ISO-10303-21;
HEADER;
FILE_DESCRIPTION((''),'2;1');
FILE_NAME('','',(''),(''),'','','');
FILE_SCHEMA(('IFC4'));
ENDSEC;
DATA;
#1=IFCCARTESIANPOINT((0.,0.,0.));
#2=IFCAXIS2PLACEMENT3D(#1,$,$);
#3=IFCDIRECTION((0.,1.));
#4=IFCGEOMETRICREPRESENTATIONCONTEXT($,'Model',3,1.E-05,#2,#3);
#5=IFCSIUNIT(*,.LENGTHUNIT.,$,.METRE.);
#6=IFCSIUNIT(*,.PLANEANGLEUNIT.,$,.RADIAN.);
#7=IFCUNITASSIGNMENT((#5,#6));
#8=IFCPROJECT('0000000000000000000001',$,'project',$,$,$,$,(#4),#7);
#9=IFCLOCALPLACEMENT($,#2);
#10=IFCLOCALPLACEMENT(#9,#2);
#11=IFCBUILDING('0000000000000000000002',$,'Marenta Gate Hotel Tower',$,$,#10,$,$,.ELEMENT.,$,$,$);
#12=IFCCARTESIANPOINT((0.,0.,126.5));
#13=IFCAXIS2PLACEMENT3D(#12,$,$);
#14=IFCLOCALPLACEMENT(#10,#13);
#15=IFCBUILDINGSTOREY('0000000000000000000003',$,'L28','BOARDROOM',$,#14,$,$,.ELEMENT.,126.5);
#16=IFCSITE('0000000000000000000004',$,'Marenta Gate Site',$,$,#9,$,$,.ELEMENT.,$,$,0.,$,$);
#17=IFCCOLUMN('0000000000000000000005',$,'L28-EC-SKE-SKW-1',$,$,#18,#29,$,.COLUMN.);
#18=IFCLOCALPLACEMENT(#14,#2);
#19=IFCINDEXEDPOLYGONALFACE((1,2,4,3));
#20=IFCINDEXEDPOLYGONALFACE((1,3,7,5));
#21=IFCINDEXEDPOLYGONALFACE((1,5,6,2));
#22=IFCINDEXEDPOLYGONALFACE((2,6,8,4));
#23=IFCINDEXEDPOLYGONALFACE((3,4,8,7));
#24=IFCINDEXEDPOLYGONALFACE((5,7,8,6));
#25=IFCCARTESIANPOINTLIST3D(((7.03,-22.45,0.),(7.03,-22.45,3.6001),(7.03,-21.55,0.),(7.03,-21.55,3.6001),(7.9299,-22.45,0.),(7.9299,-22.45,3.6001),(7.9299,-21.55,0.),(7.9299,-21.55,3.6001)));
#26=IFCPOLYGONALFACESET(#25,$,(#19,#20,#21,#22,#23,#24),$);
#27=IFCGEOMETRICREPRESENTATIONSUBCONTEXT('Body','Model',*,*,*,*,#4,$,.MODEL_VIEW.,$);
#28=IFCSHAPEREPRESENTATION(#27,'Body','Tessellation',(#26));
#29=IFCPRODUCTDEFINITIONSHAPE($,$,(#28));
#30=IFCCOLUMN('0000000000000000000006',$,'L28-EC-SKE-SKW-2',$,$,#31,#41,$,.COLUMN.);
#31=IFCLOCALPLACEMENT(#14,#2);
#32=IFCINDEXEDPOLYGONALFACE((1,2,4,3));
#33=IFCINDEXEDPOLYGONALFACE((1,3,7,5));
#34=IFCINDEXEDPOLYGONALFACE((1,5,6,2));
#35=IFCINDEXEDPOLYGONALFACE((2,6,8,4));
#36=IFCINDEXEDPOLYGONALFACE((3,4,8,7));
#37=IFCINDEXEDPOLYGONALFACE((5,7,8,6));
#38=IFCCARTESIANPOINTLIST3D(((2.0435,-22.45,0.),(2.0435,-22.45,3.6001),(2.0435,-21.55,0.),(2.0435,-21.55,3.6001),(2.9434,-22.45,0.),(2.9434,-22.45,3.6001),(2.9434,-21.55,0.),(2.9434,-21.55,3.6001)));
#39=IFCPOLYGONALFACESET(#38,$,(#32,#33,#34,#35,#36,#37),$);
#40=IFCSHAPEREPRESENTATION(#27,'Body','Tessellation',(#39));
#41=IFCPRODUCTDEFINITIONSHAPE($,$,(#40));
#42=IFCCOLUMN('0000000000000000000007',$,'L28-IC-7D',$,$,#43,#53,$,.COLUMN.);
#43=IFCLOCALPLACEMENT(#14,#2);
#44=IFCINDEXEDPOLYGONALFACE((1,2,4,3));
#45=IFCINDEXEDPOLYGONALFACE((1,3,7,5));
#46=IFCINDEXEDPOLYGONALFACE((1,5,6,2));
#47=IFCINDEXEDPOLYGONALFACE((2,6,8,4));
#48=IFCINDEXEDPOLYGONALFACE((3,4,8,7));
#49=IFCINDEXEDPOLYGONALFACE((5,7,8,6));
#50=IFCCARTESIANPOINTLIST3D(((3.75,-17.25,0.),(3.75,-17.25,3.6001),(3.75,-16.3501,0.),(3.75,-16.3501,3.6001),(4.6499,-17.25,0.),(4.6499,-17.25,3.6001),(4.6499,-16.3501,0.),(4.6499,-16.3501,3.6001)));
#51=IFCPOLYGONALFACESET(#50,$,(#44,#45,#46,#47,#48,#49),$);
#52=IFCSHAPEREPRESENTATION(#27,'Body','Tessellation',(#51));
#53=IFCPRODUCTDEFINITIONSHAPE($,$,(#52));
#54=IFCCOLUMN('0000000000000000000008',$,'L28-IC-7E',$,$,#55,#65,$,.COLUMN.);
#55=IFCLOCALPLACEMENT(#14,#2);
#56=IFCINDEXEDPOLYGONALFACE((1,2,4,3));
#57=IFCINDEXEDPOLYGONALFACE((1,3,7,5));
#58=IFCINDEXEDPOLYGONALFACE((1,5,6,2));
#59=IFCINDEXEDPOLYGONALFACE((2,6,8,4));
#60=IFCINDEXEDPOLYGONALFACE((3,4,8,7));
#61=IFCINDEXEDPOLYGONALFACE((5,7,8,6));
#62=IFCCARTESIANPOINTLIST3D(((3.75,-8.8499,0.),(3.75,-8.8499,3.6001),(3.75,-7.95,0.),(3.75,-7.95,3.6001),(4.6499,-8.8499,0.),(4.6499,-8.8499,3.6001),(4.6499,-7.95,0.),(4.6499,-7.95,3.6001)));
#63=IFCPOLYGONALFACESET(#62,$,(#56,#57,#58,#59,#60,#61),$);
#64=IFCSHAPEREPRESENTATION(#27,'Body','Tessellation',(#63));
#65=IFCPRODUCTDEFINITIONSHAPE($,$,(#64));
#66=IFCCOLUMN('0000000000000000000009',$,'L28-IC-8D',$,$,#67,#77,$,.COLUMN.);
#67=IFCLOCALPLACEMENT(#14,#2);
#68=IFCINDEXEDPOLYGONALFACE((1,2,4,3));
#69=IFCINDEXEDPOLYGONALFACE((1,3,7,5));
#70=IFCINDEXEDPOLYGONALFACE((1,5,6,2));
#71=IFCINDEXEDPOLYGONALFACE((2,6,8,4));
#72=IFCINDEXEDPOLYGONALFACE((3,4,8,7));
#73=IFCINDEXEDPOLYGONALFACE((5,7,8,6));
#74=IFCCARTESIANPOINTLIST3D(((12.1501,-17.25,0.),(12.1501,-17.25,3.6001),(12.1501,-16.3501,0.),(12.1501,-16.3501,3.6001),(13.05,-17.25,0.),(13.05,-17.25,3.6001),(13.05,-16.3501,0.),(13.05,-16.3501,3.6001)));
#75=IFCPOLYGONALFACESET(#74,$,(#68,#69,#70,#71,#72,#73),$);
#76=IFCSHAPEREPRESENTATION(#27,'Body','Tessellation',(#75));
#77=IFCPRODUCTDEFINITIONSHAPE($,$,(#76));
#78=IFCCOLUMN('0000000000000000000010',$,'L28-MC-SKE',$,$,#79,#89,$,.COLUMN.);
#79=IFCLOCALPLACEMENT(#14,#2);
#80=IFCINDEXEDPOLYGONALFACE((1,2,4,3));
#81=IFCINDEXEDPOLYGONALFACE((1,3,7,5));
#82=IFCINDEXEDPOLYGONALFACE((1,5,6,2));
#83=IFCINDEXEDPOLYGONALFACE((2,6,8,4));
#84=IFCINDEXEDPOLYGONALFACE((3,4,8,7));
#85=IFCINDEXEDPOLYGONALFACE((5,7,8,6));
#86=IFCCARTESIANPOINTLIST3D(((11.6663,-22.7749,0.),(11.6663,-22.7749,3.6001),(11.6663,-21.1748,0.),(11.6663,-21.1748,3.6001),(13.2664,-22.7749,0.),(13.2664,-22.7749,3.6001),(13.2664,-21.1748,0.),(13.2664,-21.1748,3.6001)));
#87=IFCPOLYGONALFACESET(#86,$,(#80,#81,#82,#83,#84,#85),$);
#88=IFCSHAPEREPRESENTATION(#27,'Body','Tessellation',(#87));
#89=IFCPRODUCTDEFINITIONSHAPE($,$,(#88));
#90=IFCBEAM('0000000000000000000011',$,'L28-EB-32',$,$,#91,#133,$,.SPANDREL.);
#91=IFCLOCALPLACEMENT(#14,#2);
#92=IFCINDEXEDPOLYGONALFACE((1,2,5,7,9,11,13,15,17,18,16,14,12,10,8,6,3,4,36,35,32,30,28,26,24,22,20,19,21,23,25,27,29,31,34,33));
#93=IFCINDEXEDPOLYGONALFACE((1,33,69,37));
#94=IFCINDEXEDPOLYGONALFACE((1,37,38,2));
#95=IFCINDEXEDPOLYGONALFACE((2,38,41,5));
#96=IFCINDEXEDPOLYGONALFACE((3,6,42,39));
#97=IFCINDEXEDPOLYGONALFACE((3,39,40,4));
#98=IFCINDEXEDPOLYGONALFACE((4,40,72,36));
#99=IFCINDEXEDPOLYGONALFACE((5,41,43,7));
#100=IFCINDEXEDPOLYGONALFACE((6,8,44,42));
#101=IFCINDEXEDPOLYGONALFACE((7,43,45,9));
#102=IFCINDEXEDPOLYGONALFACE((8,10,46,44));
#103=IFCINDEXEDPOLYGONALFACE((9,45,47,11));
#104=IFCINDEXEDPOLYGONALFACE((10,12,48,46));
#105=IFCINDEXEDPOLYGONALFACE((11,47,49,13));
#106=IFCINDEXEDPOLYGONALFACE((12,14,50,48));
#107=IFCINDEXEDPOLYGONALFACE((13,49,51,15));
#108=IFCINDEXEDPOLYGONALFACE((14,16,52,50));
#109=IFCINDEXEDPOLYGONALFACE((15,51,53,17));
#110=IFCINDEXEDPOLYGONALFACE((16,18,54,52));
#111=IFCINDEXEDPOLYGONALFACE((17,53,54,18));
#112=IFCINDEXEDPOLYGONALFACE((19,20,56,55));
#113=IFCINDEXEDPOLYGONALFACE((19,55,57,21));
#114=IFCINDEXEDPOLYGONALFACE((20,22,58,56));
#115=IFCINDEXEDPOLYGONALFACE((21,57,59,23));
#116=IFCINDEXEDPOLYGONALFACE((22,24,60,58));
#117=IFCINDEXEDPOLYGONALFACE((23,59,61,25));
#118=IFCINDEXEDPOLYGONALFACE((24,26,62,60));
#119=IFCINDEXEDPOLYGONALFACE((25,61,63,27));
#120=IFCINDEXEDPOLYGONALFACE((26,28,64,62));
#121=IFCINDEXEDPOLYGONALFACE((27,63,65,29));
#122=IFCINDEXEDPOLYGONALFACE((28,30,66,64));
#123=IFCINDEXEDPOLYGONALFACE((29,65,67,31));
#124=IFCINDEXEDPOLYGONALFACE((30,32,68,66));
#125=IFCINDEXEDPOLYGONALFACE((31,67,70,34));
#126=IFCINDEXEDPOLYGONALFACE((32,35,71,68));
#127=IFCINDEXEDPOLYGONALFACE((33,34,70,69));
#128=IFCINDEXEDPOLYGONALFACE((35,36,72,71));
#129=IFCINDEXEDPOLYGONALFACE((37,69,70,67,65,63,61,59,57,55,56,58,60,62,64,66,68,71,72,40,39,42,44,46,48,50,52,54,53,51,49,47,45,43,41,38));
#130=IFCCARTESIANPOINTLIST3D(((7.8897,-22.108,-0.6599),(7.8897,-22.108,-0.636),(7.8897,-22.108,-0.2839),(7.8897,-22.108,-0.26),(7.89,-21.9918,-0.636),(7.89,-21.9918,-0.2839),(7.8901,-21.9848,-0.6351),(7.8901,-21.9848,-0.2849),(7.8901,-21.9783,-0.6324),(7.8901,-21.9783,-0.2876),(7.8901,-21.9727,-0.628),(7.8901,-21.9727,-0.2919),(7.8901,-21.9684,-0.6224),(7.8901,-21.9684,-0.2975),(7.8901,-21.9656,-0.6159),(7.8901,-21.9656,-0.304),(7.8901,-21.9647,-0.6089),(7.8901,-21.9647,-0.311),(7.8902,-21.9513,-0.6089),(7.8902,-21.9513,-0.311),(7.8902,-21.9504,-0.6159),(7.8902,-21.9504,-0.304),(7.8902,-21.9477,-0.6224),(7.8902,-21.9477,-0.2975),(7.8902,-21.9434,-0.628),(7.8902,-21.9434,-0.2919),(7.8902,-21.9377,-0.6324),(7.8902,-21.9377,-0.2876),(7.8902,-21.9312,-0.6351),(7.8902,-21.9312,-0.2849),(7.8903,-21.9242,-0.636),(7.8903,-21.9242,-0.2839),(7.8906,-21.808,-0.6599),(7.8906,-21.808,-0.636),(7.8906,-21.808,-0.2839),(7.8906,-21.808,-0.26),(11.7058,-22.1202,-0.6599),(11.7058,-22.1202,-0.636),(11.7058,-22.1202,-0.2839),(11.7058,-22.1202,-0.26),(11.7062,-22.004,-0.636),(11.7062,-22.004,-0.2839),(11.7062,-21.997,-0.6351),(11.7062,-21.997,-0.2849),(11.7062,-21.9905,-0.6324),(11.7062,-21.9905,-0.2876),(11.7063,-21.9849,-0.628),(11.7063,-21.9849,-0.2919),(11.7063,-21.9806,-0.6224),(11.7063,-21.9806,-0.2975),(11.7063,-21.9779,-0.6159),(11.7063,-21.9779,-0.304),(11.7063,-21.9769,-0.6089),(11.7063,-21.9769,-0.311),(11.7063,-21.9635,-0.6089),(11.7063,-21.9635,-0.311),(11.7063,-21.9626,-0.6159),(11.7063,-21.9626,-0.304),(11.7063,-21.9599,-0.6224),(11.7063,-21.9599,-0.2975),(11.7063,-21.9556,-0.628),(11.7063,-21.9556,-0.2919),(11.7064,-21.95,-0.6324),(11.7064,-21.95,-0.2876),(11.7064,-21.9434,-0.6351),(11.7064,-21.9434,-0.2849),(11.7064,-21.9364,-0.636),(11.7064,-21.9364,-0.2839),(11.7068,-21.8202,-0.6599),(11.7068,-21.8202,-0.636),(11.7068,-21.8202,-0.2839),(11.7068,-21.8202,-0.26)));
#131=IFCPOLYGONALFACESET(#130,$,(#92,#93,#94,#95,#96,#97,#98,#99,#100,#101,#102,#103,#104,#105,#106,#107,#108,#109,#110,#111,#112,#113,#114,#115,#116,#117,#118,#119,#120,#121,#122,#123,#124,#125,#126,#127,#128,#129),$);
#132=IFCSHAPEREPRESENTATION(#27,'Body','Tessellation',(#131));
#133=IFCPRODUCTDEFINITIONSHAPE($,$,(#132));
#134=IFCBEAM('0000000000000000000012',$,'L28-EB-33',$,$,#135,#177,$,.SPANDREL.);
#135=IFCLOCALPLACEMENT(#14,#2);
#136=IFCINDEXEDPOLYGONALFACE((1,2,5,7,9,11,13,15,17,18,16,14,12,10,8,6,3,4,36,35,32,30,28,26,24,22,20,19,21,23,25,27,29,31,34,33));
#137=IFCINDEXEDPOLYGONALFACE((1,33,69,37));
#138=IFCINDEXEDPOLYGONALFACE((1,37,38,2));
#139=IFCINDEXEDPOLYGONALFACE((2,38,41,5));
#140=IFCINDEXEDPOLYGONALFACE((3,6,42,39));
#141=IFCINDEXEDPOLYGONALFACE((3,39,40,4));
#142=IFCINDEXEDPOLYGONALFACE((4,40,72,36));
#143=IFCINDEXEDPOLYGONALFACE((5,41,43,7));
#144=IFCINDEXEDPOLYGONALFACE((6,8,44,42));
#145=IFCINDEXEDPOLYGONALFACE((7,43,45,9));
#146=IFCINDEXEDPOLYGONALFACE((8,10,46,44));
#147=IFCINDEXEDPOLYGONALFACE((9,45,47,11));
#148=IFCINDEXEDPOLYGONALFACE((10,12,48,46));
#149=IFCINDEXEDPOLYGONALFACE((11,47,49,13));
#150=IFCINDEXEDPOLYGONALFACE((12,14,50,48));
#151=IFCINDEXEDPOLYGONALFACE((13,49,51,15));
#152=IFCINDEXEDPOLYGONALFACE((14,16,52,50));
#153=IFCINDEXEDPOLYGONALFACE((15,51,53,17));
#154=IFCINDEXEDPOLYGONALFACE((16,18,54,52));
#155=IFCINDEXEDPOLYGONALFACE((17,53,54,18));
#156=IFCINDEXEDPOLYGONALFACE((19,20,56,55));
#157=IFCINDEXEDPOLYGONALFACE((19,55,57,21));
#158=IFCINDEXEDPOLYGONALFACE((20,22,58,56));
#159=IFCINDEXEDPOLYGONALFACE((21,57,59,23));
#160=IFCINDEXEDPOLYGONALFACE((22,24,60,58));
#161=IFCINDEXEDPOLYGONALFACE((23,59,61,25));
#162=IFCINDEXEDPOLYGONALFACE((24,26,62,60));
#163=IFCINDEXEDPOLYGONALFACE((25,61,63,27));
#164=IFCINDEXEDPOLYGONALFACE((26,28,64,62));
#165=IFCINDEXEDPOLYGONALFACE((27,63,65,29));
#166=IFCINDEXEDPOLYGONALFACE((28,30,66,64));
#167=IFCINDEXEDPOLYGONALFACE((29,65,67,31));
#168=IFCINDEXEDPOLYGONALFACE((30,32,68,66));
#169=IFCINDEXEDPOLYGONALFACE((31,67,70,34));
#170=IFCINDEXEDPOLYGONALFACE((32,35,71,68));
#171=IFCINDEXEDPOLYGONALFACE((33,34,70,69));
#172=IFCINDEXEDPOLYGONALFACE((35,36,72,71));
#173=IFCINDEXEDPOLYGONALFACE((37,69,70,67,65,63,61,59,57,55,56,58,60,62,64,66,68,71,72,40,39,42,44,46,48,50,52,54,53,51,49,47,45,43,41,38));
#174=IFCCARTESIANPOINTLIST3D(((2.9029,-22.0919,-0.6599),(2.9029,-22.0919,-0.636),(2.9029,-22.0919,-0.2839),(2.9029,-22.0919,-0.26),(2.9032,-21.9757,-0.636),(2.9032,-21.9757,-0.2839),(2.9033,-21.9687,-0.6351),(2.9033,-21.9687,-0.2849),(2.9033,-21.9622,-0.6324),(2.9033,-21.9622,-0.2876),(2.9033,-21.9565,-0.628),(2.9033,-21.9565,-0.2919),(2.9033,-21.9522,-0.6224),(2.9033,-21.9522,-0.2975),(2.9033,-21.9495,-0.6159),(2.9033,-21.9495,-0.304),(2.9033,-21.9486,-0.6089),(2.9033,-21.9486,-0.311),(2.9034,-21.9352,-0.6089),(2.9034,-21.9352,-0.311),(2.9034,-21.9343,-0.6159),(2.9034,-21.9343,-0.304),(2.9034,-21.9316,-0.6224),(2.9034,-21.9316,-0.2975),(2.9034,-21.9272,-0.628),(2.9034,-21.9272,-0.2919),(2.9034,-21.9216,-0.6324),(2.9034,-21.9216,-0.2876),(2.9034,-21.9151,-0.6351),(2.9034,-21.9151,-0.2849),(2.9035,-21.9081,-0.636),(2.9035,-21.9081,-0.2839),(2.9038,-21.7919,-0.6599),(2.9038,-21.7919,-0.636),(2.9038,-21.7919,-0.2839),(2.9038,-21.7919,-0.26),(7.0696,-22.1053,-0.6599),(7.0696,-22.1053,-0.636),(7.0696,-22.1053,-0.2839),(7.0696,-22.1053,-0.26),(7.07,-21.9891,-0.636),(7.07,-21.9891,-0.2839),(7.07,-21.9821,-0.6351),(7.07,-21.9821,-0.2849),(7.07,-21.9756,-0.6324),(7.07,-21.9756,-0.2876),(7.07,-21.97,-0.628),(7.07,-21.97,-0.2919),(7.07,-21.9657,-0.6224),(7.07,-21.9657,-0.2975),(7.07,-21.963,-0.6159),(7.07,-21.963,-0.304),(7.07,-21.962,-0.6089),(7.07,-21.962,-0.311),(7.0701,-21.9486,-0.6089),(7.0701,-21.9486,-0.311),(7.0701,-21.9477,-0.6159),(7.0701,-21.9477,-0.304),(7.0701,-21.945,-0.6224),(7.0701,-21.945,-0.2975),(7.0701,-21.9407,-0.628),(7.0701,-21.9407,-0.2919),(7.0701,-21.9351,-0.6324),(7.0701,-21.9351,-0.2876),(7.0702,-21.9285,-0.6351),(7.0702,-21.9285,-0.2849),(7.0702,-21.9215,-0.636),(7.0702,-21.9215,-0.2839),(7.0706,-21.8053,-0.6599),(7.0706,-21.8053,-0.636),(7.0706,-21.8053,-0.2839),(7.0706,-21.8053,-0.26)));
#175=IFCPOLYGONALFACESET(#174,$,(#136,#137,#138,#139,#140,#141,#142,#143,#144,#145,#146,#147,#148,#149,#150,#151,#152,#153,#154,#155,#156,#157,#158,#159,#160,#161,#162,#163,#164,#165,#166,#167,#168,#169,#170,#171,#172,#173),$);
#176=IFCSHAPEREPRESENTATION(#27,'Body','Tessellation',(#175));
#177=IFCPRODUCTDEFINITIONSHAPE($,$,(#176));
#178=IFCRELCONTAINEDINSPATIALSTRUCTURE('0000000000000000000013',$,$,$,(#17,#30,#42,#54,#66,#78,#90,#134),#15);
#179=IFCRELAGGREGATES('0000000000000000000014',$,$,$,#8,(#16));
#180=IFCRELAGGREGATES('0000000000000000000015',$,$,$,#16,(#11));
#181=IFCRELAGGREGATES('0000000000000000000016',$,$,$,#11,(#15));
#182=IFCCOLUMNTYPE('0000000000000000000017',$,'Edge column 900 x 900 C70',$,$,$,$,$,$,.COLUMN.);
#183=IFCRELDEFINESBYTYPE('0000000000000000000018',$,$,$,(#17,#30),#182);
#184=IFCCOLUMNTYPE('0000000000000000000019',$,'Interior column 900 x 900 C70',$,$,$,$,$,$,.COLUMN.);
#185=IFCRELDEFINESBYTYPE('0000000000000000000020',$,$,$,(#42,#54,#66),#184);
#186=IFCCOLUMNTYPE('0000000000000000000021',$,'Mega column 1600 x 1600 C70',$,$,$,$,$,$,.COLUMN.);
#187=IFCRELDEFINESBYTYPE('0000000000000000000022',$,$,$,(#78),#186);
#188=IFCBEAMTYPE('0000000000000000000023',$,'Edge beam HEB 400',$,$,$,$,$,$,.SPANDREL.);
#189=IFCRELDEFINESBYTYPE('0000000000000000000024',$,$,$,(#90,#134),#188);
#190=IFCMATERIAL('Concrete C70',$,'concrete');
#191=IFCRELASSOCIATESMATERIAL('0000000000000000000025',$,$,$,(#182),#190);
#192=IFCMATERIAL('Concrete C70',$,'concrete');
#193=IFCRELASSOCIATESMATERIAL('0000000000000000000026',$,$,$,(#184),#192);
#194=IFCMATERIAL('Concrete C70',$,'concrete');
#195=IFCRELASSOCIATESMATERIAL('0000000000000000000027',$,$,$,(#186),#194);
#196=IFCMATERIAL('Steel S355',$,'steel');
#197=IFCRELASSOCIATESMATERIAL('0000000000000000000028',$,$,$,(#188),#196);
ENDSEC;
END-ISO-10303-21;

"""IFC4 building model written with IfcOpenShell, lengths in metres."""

from ifc_helpers import new_model, si_unit, direction, frame, origin, origin_2d, place, context, subcontext, project, spatial, rectangle, i_section, extrude, material, material_profile, profile_set, type_object, element, save


model = new_model("IFC4")

# Units and contexts
model_context = context("Model", 3, precision=1e-05, world=origin(), true_north=direction((0.0, 1.0)))
body_context = subcontext(model_context, "Body", "Model", "MODEL_VIEW")
ifc_project = project(units=[si_unit("LENGTHUNIT", "METRE"), si_unit("PLANEANGLEUNIT", "RADIAN")], contexts=[model_context])

# Site, building, storey
site_placement = place(None, origin())
site = spatial("IfcSite", under=ifc_project, at=site_placement, Name="Marenta Gate Site", CompositionType="ELEMENT", RefElevation=0.0)
building_placement = place(site_placement, origin())
building = spatial("IfcBuilding", under=site, at=building_placement, Name="Marenta Gate Hotel Tower", CompositionType="ELEMENT")
storey_placement = place(building_placement, frame((0.0, 0.0, 126.5)))
storey = spatial("IfcBuildingStorey", under=building, at=storey_placement, Name="L28", Description="BOARDROOM", CompositionType="ELEMENT", Elevation=126.5)

# Columns
ifc_material_1 = material(Name="Concrete C70", Category="concrete")
ifc_material_profile_1 = material_profile(ifc_material_1, rectangle(XDim=0.8999, YDim=0.8999, at=origin_2d()), Name="900 x 900")
ifc_profile_set_1 = profile_set([ifc_material_profile_1], Name="Concrete C70")
column_type_1 = type_object("IfcColumnType", Name="Edge column 900 x 900 C70", PredefinedType="COLUMN", material=ifc_profile_set_1)
for number, where, z_axis, x_axis, name in (
    (1, (7.48, -22.0, 0.0), (0.0, 0.0, 1.0), (1.0, 0.0, 0.0), "L28-EC-SKE-SKW-1"),
    (2, (2.4934, -22.0, 0.0), (0.0, 0.0, 1.0), (1.0, 0.0, 0.0), "L28-EC-SKE-SKW-2"),
):
    element("IfcColumn", number, at=place(storey_placement, frame(where, z_axis=z_axis, x_axis=x_axis)), inside=storey, type_object=column_type_1, Name=name, PredefinedType="COLUMN", context=body_context, shape_type="SweptSolid", body=[
        extrude(rectangle(XDim=0.8999, YDim=0.8999, at=origin_2d()), origin(), (0.0, 0.0, 1.0), 3.6001),
    ])
ifc_material_2 = material(Name="Concrete C70", Category="concrete")
ifc_material_profile_2 = material_profile(ifc_material_2, rectangle(XDim=0.8999, YDim=0.8999, at=origin_2d()), Name="900 x 900")
ifc_profile_set_2 = profile_set([ifc_material_profile_2], Name="Concrete C70")
column_type_2 = type_object("IfcColumnType", Name="Interior column 900 x 900 C70", PredefinedType="COLUMN", material=ifc_profile_set_2)
for number, where, z_axis, x_axis, name in (
    (3, (4.2, -16.8, 0.0), (0.0, 0.0, 1.0), (1.0, 0.0, 0.0), "L28-IC-7D"),
    (4, (4.2, -8.3999, 0.0), (0.0, 0.0, 1.0), (1.0, 0.0, 0.0), "L28-IC-7E"),
    (5, (12.6001, -16.8, 0.0), (0.0, 0.0, 1.0), (1.0, 0.0, 0.0), "L28-IC-8D"),
):
    element("IfcColumn", number, at=place(storey_placement, frame(where, z_axis=z_axis, x_axis=x_axis)), inside=storey, type_object=column_type_2, Name=name, PredefinedType="COLUMN", context=body_context, shape_type="SweptSolid", body=[
        extrude(rectangle(XDim=0.8999, YDim=0.8999, at=origin_2d()), origin(), (0.0, 0.0, 1.0), 3.6001),
    ])
ifc_material_3 = material(Name="Concrete C70", Category="concrete")
ifc_material_profile_3 = material_profile(ifc_material_3, rectangle(XDim=1.6001, YDim=1.6001, at=origin_2d()), Name="1600 x 1600")
ifc_profile_set_3 = profile_set([ifc_material_profile_3], Name="Concrete C70")
column_type_3 = type_object("IfcColumnType", Name="Mega column 1600 x 1600 C70", PredefinedType="COLUMN", material=ifc_profile_set_3)
column_placement = place(storey_placement, frame((12.4663, -21.9749, 0.0), z_axis=(0.0, 0.0, 1.0), x_axis=(1.0, 0.0, 0.0)))
element("IfcColumn", 6, at=column_placement, inside=storey, type_object=column_type_3, Name="L28-MC-SKE", PredefinedType="COLUMN", context=body_context, shape_type="SweptSolid", body=[
    extrude(rectangle(XDim=1.6001, YDim=1.6001, at=origin_2d()), origin(), (0.0, 0.0, 1.0), 3.6001),
])

# Beams
ifc_material_4 = material(Name="Steel S355", Category="steel")
ifc_material_profile_4 = material_profile(ifc_material_4, i_section(OverallWidth=0.3, OverallDepth=0.3999, WebThickness=0.0134, FlangeThickness=0.0239, FilletRadius=0.0271, at=origin_2d()), Name="HEB 400")
ifc_profile_set_4 = profile_set([ifc_material_profile_4], Name="Steel S355")
beam_type_1 = type_object("IfcBeamType", Name="Edge beam HEB 400", PredefinedType="SPANDREL", material=ifc_profile_set_4)
beam_1_placement = place(storey_placement, frame((11.7063, -21.9702, -0.46), z_axis=(-0.999995, 0.003199, 0.0), x_axis=(-0.003199, -0.999995, 0.0)))
element("IfcBeam", 7, at=beam_1_placement, inside=storey, type_object=beam_type_1, Name="L28-EB-32", PredefinedType="SPANDREL", context=body_context, shape_type="SweptSolid", body=[
    extrude(i_section(OverallWidth=0.3, OverallDepth=0.3999, WebThickness=0.0134, FlangeThickness=0.0239, FilletRadius=0.0271, at=origin_2d()), origin(), (0.0, 0.0, 1.0), 3.8162),
])
beam_2_placement = place(storey_placement, frame((7.0701, -21.9553, -0.46), z_axis=(-0.999995, 0.003223, 0.0), x_axis=(-0.003223, -0.999995, 0.0)))
element("IfcBeam", 8, at=beam_2_placement, inside=storey, type_object=beam_type_1, Name="L28-EB-33", PredefinedType="SPANDREL", context=body_context, shape_type="SweptSolid", body=[
    extrude(i_section(OverallWidth=0.3, OverallDepth=0.3999, WebThickness=0.0134, FlangeThickness=0.0239, FilletRadius=0.0271, at=origin_2d()), origin(), (0.0, 0.0, 1.0), 4.1667),
])

save(model, "model.ifc")
